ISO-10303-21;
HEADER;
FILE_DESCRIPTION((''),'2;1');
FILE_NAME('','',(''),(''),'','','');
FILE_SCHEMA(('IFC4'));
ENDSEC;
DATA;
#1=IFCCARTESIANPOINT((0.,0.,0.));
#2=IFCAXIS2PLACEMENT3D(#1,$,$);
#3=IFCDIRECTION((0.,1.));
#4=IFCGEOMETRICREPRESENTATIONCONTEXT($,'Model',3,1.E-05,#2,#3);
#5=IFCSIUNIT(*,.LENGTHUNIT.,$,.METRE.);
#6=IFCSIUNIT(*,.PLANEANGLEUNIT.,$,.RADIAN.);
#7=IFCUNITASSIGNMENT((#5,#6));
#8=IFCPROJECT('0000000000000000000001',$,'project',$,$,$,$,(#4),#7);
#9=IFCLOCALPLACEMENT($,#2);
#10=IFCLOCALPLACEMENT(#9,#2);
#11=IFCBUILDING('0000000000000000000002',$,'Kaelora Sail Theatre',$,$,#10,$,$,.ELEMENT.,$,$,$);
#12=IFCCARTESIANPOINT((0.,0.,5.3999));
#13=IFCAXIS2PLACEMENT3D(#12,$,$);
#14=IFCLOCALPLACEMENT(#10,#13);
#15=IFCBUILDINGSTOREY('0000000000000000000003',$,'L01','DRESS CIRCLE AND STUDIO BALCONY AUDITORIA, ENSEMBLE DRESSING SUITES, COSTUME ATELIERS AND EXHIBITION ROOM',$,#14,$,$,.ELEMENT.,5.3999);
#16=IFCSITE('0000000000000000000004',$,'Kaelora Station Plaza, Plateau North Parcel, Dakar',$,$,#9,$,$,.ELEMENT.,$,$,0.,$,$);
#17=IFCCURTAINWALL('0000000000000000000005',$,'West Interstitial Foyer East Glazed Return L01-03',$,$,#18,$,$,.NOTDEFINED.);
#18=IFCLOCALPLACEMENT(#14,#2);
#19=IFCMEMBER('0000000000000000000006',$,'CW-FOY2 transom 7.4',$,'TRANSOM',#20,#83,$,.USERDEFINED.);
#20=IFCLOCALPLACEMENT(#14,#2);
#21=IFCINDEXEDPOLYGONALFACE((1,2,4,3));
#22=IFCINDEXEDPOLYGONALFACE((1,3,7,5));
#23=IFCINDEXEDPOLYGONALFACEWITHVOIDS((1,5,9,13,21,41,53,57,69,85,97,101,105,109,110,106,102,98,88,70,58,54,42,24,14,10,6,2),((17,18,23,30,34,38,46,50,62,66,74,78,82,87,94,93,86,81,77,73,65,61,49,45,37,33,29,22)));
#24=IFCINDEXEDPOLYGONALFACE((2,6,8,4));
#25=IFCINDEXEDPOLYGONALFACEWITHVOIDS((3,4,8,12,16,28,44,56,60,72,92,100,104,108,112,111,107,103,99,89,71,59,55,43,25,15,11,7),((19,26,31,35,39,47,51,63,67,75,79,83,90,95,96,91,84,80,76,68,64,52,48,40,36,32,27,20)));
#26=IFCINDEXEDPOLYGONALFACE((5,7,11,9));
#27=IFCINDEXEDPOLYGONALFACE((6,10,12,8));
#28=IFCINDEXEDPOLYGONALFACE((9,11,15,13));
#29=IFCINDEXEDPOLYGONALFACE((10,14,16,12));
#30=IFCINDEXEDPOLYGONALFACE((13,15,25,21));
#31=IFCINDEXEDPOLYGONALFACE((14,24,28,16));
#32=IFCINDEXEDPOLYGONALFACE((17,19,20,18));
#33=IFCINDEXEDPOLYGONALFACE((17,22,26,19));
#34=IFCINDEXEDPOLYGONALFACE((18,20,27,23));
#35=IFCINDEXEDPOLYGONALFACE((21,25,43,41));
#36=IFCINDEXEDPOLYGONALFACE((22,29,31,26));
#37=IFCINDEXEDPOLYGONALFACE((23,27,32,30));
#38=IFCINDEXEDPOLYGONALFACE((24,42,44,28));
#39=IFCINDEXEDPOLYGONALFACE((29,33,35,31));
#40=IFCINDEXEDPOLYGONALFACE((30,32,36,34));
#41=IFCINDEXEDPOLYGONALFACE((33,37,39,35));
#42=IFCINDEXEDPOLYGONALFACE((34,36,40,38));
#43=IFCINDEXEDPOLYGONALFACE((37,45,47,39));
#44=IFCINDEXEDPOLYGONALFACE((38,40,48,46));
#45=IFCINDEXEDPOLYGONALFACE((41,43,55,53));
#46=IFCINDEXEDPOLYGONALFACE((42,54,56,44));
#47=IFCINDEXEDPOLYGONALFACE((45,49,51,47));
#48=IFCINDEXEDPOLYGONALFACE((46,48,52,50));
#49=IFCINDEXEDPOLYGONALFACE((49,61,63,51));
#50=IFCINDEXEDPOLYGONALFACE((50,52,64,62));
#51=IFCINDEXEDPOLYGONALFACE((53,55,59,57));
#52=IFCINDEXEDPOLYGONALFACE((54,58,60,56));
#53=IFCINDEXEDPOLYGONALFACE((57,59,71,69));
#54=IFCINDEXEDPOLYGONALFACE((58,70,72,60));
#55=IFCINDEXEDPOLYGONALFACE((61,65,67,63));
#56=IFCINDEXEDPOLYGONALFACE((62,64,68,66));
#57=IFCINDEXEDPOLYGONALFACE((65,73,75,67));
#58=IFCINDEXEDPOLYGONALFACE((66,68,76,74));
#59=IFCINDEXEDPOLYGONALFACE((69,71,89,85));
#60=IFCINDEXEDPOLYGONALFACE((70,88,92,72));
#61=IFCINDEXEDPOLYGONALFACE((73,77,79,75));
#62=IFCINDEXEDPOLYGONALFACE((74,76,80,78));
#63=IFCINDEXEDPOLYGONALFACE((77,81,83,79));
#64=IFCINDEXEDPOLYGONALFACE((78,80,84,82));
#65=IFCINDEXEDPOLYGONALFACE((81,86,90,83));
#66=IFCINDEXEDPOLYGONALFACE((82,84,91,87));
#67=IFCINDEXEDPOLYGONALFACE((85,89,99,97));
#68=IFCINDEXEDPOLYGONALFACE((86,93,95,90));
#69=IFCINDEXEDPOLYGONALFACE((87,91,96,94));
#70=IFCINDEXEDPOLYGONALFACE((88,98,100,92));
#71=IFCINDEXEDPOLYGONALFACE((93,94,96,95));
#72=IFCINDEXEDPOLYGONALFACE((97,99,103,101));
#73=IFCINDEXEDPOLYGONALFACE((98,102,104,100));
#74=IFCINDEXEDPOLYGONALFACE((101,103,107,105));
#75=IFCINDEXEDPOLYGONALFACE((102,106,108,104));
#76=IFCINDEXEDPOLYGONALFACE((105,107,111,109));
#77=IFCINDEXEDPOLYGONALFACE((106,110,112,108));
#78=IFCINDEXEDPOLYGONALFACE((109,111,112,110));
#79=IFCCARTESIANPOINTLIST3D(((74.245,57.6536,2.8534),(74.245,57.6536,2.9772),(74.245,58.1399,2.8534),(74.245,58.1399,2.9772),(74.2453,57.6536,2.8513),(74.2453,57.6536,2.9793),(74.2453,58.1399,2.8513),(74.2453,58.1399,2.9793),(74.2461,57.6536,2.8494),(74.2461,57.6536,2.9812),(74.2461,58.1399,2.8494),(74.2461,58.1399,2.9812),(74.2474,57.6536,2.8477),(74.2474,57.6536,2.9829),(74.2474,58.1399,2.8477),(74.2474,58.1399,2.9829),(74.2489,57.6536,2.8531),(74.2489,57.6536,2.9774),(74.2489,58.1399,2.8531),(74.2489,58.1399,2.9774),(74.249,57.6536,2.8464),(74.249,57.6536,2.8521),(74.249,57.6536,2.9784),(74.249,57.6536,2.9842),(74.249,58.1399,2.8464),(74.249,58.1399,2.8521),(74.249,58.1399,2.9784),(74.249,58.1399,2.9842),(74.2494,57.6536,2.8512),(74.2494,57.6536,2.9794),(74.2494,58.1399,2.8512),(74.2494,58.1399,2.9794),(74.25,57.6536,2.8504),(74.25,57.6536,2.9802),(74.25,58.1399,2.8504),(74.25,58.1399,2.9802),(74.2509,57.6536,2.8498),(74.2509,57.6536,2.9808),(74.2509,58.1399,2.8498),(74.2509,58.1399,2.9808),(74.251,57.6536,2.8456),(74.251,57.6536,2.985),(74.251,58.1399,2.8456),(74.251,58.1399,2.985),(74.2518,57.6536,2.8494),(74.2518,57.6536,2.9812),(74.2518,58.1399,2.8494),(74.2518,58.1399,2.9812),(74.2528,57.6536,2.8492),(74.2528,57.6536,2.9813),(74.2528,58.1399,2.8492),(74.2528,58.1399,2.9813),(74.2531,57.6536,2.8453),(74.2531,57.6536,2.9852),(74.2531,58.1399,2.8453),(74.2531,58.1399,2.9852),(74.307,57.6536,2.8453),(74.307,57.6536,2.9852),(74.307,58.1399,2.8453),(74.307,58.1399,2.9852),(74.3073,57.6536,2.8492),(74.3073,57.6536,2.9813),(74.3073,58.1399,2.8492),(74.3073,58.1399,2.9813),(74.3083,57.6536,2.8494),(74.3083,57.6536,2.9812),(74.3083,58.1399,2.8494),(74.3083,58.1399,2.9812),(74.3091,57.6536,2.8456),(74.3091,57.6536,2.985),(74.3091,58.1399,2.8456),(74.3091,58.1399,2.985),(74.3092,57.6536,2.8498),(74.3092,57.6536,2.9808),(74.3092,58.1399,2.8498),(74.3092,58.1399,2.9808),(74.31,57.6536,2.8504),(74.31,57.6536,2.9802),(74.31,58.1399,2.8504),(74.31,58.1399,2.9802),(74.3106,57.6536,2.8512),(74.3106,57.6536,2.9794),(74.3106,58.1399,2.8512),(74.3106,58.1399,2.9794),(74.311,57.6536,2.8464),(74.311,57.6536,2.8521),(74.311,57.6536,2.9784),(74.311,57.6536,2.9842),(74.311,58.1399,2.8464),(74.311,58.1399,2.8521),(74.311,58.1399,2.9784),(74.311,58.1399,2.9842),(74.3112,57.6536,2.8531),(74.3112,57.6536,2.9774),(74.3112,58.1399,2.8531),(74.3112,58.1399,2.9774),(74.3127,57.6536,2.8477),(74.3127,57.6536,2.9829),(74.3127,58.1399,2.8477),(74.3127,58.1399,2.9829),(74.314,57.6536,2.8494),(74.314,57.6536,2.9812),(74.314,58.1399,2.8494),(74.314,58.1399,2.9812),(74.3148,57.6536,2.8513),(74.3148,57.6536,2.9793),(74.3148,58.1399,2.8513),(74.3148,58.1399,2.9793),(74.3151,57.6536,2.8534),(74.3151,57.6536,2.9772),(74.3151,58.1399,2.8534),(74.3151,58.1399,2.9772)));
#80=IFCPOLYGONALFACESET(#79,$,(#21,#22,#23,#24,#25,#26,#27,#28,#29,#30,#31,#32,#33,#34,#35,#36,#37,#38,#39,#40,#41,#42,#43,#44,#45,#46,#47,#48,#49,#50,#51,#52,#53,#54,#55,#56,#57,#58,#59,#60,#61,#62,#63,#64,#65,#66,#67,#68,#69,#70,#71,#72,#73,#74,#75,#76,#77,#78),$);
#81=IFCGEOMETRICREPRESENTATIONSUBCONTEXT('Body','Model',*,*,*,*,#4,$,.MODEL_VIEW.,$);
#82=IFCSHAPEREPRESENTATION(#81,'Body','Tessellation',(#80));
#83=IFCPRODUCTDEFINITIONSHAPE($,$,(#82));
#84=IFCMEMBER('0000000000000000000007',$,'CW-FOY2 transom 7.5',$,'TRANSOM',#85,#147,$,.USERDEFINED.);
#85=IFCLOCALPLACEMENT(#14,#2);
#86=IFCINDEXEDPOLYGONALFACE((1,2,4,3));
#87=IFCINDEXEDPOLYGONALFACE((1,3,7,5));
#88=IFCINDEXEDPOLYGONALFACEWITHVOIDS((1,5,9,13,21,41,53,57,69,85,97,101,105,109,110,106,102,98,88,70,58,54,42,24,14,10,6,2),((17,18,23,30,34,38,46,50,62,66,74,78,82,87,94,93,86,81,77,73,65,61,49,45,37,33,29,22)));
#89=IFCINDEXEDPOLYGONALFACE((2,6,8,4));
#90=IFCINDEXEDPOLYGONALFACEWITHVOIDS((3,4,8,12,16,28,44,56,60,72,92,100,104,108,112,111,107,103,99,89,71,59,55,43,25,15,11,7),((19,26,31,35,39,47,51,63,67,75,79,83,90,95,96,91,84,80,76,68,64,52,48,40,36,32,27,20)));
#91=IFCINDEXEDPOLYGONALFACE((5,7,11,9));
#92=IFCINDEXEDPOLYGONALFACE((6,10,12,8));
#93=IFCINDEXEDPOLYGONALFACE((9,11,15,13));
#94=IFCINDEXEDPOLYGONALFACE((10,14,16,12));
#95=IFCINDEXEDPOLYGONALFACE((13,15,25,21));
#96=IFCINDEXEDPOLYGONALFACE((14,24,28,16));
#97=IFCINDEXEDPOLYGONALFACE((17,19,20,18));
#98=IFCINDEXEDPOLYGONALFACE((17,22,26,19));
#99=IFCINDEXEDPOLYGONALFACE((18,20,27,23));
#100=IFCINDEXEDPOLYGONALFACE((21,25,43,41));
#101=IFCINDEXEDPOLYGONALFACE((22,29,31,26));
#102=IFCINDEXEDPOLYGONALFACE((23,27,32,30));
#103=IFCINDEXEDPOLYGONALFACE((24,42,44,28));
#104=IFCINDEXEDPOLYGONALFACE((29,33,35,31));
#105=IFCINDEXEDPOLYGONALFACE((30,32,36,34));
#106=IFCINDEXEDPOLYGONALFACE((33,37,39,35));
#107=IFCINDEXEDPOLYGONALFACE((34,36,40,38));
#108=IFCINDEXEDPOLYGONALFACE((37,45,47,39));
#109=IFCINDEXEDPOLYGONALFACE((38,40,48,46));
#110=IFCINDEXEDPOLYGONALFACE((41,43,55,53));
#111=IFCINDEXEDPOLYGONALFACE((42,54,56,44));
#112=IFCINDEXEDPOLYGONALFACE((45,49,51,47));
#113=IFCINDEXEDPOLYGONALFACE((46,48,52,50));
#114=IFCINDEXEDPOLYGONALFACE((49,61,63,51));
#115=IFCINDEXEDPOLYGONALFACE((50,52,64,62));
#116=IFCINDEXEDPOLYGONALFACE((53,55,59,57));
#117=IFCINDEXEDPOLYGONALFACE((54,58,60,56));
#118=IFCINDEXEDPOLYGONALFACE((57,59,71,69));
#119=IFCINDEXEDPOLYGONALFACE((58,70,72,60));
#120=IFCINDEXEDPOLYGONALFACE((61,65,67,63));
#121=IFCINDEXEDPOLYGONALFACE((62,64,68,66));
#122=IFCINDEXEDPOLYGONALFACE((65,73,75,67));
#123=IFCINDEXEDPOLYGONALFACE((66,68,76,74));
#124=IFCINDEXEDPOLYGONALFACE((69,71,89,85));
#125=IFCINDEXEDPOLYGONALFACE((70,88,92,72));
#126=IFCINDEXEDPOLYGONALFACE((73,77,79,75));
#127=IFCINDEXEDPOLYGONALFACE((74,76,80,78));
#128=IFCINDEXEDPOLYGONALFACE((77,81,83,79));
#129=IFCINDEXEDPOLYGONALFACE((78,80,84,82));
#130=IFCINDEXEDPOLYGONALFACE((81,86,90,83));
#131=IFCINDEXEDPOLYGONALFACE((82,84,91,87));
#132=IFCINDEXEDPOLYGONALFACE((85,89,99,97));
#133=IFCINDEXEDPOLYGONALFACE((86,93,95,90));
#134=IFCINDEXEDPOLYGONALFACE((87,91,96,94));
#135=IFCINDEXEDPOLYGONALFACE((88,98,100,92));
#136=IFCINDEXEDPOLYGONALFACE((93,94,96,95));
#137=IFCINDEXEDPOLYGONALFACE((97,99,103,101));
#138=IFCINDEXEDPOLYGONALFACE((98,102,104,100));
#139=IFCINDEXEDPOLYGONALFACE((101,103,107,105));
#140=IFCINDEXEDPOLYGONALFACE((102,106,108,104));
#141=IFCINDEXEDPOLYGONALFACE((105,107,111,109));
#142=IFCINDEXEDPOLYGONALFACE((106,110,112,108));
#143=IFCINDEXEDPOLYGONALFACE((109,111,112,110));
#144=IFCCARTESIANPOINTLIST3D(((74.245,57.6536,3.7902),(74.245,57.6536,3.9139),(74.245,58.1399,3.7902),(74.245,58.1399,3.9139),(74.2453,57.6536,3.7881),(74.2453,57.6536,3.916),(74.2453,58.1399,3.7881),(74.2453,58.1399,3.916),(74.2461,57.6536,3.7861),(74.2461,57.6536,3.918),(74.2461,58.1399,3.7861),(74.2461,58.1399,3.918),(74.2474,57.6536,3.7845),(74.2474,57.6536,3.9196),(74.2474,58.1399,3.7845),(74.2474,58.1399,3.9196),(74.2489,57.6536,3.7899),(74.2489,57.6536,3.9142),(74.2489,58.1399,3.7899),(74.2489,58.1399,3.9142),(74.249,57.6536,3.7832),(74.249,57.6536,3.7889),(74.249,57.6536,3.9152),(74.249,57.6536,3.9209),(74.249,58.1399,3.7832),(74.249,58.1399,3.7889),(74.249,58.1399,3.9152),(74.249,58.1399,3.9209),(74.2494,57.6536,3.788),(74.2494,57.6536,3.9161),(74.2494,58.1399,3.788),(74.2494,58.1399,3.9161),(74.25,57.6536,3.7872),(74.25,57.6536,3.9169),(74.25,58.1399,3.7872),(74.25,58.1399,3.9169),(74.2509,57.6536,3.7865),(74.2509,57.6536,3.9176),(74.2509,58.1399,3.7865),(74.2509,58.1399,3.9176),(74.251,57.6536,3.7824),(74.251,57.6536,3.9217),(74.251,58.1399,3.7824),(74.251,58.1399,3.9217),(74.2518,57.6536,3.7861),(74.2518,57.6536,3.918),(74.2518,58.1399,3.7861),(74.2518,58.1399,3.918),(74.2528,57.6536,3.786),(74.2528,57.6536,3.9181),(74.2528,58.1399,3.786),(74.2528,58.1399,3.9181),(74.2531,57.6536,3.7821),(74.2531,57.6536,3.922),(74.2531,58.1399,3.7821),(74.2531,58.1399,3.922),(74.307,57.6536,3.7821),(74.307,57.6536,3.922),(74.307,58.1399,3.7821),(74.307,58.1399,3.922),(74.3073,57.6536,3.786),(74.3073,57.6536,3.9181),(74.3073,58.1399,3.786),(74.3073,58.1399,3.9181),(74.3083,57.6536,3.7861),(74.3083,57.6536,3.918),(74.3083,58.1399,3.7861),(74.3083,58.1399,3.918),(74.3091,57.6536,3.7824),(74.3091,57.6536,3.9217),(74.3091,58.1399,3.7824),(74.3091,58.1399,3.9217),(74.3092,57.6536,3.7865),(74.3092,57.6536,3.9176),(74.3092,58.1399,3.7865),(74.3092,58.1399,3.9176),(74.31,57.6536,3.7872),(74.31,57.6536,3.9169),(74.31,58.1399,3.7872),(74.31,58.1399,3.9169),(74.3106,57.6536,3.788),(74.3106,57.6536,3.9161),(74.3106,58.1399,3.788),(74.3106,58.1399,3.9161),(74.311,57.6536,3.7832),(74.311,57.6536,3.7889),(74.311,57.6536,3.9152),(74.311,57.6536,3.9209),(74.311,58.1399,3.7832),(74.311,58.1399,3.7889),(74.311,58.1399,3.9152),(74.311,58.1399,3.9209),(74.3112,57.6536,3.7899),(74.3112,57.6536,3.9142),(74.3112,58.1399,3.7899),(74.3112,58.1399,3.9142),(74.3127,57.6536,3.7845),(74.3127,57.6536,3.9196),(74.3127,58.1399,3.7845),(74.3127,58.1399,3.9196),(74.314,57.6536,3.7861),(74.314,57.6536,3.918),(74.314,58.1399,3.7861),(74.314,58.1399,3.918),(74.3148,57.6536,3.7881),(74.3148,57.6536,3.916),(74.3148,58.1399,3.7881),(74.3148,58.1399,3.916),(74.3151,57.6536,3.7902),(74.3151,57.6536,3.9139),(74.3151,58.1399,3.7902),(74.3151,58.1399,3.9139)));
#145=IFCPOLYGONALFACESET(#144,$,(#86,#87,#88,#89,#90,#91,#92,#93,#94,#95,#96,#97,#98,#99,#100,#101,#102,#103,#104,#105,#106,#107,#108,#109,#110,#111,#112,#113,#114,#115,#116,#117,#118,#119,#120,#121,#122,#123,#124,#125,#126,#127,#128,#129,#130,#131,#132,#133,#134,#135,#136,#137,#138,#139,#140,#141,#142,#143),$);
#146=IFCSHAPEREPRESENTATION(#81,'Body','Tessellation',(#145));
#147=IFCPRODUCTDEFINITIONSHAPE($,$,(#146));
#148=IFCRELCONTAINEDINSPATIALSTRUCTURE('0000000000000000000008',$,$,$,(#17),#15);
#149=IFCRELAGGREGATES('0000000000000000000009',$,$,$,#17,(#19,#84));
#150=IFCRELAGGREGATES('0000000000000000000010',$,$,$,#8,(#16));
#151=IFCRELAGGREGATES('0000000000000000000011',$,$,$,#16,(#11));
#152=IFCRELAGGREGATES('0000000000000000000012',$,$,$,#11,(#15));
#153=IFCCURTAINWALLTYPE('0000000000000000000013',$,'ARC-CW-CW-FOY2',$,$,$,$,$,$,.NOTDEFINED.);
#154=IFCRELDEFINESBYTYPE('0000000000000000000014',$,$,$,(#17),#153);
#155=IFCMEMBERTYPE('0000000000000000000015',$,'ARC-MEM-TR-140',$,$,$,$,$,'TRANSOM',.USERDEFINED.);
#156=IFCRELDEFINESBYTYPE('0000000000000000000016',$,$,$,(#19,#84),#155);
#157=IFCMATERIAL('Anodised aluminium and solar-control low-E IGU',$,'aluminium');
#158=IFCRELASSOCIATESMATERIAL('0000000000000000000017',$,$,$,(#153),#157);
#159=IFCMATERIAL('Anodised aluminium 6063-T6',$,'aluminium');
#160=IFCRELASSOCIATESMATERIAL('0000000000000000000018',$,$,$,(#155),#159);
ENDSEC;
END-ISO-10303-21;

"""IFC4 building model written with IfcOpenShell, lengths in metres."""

from ifc_helpers import new_model, si_unit, direction, frame, origin, origin_2d, place, context, subcontext, project, spatial, hollow_rectangle, extrude, material, material_profile, profile_set, type_object, element, aggregate, save


model = new_model("IFC4")

# Units and contexts
model_context = context("Model", 3, precision=1e-05, world=origin(), true_north=direction((0.0, 1.0)))
body_context = subcontext(model_context, "Body", "Model", "MODEL_VIEW")
ifc_project = project(units=[si_unit("LENGTHUNIT", "METRE"), si_unit("PLANEANGLEUNIT", "RADIAN")], contexts=[model_context])

# Site, building, storey
site_placement = place(None, origin())
site = spatial("IfcSite", under=ifc_project, at=site_placement, Name="Kaelora Station Plaza, Plateau North Parcel, Dakar", CompositionType="ELEMENT", RefElevation=0.0)
building_placement = place(site_placement, origin())
building = spatial("IfcBuilding", under=site, at=building_placement, Name="Kaelora Sail Theatre", CompositionType="ELEMENT")
storey_placement = place(building_placement, frame((0.0, 0.0, 5.3999)))
storey = spatial("IfcBuildingStorey", under=building, at=storey_placement, Name="L01", Description="DRESS CIRCLE AND STUDIO BALCONY AUDITORIA, ENSEMBLE DRESSING SUITES, COSTUME ATELIERS AND EXHIBITION ROOM", CompositionType="ELEMENT", Elevation=5.3999)

# Curtain wall
ifc_material_1 = material(Name="Anodised aluminium and solar-control low-E IGU", Category="aluminium")
curtain_wall_type = type_object("IfcCurtainWallType", Name="ARC-CW-CW-FOY2", PredefinedType="NOTDEFINED", material=ifc_material_1)
curtain_wall_1_placement = place(storey_placement, origin())
curtain_wall_1 = element("IfcCurtainWall", 1, at=curtain_wall_1_placement, inside=storey, type_object=curtain_wall_type, Name="West Interstitial Foyer East Glazed Return L01-03", PredefinedType="NOTDEFINED")

# Members
ifc_material_2 = material(Name="Anodised aluminium 6063-T6", Category="aluminium")
ifc_material_profile_1 = material_profile(ifc_material_2, hollow_rectangle(XDim=0.0701, YDim=0.1399, WallThickness=0.0039, InnerFilletRadius=0.0039, OuterFilletRadius=0.0081, at=origin_2d()), Name="ALU-TRAN 70x140x4")
ifc_profile_set_1 = profile_set([ifc_material_profile_1], Name="Anodised aluminium 6063-T6")
member_type_1 = type_object("IfcMemberType", Name="ARC-MEM-TR-140", ElementType="TRANSOM", PredefinedType="USERDEFINED", material=ifc_profile_set_1)
member_1_placement = place(storey_placement, frame((74.28, 57.6536, 2.9153), z_axis=(0.0, 1.0, 0.0), x_axis=(-1.0, 0.0, 0.0)))
member_1 = element("IfcMember", 2, at=member_1_placement, type_object=member_type_1, Name="CW-FOY2 transom 7.4", ObjectType="TRANSOM", PredefinedType="USERDEFINED", context=body_context, shape_type="SweptSolid", body=[
    extrude(hollow_rectangle(XDim=0.0701, YDim=0.1399, WallThickness=0.0039, InnerFilletRadius=0.0039, OuterFilletRadius=0.0081, at=origin_2d()), origin(), (0.0, 0.0, 1.0), 0.4863),
])
member_2_placement = place(storey_placement, frame((74.28, 57.6536, 3.8521), z_axis=(0.0, 1.0, 0.0), x_axis=(-1.0, 0.0, 0.0)))
member_2 = element("IfcMember", 3, at=member_2_placement, type_object=member_type_1, Name="CW-FOY2 transom 7.5", ObjectType="TRANSOM", PredefinedType="USERDEFINED", context=body_context, shape_type="SweptSolid", body=[
    extrude(hollow_rectangle(XDim=0.0701, YDim=0.1399, WallThickness=0.0039, InnerFilletRadius=0.0039, OuterFilletRadius=0.0081, at=origin_2d()), origin(), (0.0, 0.0, 1.0), 0.4863),
])

aggregate(curtain_wall_1, [member_1, member_2])

save(model, "model.ifc")
